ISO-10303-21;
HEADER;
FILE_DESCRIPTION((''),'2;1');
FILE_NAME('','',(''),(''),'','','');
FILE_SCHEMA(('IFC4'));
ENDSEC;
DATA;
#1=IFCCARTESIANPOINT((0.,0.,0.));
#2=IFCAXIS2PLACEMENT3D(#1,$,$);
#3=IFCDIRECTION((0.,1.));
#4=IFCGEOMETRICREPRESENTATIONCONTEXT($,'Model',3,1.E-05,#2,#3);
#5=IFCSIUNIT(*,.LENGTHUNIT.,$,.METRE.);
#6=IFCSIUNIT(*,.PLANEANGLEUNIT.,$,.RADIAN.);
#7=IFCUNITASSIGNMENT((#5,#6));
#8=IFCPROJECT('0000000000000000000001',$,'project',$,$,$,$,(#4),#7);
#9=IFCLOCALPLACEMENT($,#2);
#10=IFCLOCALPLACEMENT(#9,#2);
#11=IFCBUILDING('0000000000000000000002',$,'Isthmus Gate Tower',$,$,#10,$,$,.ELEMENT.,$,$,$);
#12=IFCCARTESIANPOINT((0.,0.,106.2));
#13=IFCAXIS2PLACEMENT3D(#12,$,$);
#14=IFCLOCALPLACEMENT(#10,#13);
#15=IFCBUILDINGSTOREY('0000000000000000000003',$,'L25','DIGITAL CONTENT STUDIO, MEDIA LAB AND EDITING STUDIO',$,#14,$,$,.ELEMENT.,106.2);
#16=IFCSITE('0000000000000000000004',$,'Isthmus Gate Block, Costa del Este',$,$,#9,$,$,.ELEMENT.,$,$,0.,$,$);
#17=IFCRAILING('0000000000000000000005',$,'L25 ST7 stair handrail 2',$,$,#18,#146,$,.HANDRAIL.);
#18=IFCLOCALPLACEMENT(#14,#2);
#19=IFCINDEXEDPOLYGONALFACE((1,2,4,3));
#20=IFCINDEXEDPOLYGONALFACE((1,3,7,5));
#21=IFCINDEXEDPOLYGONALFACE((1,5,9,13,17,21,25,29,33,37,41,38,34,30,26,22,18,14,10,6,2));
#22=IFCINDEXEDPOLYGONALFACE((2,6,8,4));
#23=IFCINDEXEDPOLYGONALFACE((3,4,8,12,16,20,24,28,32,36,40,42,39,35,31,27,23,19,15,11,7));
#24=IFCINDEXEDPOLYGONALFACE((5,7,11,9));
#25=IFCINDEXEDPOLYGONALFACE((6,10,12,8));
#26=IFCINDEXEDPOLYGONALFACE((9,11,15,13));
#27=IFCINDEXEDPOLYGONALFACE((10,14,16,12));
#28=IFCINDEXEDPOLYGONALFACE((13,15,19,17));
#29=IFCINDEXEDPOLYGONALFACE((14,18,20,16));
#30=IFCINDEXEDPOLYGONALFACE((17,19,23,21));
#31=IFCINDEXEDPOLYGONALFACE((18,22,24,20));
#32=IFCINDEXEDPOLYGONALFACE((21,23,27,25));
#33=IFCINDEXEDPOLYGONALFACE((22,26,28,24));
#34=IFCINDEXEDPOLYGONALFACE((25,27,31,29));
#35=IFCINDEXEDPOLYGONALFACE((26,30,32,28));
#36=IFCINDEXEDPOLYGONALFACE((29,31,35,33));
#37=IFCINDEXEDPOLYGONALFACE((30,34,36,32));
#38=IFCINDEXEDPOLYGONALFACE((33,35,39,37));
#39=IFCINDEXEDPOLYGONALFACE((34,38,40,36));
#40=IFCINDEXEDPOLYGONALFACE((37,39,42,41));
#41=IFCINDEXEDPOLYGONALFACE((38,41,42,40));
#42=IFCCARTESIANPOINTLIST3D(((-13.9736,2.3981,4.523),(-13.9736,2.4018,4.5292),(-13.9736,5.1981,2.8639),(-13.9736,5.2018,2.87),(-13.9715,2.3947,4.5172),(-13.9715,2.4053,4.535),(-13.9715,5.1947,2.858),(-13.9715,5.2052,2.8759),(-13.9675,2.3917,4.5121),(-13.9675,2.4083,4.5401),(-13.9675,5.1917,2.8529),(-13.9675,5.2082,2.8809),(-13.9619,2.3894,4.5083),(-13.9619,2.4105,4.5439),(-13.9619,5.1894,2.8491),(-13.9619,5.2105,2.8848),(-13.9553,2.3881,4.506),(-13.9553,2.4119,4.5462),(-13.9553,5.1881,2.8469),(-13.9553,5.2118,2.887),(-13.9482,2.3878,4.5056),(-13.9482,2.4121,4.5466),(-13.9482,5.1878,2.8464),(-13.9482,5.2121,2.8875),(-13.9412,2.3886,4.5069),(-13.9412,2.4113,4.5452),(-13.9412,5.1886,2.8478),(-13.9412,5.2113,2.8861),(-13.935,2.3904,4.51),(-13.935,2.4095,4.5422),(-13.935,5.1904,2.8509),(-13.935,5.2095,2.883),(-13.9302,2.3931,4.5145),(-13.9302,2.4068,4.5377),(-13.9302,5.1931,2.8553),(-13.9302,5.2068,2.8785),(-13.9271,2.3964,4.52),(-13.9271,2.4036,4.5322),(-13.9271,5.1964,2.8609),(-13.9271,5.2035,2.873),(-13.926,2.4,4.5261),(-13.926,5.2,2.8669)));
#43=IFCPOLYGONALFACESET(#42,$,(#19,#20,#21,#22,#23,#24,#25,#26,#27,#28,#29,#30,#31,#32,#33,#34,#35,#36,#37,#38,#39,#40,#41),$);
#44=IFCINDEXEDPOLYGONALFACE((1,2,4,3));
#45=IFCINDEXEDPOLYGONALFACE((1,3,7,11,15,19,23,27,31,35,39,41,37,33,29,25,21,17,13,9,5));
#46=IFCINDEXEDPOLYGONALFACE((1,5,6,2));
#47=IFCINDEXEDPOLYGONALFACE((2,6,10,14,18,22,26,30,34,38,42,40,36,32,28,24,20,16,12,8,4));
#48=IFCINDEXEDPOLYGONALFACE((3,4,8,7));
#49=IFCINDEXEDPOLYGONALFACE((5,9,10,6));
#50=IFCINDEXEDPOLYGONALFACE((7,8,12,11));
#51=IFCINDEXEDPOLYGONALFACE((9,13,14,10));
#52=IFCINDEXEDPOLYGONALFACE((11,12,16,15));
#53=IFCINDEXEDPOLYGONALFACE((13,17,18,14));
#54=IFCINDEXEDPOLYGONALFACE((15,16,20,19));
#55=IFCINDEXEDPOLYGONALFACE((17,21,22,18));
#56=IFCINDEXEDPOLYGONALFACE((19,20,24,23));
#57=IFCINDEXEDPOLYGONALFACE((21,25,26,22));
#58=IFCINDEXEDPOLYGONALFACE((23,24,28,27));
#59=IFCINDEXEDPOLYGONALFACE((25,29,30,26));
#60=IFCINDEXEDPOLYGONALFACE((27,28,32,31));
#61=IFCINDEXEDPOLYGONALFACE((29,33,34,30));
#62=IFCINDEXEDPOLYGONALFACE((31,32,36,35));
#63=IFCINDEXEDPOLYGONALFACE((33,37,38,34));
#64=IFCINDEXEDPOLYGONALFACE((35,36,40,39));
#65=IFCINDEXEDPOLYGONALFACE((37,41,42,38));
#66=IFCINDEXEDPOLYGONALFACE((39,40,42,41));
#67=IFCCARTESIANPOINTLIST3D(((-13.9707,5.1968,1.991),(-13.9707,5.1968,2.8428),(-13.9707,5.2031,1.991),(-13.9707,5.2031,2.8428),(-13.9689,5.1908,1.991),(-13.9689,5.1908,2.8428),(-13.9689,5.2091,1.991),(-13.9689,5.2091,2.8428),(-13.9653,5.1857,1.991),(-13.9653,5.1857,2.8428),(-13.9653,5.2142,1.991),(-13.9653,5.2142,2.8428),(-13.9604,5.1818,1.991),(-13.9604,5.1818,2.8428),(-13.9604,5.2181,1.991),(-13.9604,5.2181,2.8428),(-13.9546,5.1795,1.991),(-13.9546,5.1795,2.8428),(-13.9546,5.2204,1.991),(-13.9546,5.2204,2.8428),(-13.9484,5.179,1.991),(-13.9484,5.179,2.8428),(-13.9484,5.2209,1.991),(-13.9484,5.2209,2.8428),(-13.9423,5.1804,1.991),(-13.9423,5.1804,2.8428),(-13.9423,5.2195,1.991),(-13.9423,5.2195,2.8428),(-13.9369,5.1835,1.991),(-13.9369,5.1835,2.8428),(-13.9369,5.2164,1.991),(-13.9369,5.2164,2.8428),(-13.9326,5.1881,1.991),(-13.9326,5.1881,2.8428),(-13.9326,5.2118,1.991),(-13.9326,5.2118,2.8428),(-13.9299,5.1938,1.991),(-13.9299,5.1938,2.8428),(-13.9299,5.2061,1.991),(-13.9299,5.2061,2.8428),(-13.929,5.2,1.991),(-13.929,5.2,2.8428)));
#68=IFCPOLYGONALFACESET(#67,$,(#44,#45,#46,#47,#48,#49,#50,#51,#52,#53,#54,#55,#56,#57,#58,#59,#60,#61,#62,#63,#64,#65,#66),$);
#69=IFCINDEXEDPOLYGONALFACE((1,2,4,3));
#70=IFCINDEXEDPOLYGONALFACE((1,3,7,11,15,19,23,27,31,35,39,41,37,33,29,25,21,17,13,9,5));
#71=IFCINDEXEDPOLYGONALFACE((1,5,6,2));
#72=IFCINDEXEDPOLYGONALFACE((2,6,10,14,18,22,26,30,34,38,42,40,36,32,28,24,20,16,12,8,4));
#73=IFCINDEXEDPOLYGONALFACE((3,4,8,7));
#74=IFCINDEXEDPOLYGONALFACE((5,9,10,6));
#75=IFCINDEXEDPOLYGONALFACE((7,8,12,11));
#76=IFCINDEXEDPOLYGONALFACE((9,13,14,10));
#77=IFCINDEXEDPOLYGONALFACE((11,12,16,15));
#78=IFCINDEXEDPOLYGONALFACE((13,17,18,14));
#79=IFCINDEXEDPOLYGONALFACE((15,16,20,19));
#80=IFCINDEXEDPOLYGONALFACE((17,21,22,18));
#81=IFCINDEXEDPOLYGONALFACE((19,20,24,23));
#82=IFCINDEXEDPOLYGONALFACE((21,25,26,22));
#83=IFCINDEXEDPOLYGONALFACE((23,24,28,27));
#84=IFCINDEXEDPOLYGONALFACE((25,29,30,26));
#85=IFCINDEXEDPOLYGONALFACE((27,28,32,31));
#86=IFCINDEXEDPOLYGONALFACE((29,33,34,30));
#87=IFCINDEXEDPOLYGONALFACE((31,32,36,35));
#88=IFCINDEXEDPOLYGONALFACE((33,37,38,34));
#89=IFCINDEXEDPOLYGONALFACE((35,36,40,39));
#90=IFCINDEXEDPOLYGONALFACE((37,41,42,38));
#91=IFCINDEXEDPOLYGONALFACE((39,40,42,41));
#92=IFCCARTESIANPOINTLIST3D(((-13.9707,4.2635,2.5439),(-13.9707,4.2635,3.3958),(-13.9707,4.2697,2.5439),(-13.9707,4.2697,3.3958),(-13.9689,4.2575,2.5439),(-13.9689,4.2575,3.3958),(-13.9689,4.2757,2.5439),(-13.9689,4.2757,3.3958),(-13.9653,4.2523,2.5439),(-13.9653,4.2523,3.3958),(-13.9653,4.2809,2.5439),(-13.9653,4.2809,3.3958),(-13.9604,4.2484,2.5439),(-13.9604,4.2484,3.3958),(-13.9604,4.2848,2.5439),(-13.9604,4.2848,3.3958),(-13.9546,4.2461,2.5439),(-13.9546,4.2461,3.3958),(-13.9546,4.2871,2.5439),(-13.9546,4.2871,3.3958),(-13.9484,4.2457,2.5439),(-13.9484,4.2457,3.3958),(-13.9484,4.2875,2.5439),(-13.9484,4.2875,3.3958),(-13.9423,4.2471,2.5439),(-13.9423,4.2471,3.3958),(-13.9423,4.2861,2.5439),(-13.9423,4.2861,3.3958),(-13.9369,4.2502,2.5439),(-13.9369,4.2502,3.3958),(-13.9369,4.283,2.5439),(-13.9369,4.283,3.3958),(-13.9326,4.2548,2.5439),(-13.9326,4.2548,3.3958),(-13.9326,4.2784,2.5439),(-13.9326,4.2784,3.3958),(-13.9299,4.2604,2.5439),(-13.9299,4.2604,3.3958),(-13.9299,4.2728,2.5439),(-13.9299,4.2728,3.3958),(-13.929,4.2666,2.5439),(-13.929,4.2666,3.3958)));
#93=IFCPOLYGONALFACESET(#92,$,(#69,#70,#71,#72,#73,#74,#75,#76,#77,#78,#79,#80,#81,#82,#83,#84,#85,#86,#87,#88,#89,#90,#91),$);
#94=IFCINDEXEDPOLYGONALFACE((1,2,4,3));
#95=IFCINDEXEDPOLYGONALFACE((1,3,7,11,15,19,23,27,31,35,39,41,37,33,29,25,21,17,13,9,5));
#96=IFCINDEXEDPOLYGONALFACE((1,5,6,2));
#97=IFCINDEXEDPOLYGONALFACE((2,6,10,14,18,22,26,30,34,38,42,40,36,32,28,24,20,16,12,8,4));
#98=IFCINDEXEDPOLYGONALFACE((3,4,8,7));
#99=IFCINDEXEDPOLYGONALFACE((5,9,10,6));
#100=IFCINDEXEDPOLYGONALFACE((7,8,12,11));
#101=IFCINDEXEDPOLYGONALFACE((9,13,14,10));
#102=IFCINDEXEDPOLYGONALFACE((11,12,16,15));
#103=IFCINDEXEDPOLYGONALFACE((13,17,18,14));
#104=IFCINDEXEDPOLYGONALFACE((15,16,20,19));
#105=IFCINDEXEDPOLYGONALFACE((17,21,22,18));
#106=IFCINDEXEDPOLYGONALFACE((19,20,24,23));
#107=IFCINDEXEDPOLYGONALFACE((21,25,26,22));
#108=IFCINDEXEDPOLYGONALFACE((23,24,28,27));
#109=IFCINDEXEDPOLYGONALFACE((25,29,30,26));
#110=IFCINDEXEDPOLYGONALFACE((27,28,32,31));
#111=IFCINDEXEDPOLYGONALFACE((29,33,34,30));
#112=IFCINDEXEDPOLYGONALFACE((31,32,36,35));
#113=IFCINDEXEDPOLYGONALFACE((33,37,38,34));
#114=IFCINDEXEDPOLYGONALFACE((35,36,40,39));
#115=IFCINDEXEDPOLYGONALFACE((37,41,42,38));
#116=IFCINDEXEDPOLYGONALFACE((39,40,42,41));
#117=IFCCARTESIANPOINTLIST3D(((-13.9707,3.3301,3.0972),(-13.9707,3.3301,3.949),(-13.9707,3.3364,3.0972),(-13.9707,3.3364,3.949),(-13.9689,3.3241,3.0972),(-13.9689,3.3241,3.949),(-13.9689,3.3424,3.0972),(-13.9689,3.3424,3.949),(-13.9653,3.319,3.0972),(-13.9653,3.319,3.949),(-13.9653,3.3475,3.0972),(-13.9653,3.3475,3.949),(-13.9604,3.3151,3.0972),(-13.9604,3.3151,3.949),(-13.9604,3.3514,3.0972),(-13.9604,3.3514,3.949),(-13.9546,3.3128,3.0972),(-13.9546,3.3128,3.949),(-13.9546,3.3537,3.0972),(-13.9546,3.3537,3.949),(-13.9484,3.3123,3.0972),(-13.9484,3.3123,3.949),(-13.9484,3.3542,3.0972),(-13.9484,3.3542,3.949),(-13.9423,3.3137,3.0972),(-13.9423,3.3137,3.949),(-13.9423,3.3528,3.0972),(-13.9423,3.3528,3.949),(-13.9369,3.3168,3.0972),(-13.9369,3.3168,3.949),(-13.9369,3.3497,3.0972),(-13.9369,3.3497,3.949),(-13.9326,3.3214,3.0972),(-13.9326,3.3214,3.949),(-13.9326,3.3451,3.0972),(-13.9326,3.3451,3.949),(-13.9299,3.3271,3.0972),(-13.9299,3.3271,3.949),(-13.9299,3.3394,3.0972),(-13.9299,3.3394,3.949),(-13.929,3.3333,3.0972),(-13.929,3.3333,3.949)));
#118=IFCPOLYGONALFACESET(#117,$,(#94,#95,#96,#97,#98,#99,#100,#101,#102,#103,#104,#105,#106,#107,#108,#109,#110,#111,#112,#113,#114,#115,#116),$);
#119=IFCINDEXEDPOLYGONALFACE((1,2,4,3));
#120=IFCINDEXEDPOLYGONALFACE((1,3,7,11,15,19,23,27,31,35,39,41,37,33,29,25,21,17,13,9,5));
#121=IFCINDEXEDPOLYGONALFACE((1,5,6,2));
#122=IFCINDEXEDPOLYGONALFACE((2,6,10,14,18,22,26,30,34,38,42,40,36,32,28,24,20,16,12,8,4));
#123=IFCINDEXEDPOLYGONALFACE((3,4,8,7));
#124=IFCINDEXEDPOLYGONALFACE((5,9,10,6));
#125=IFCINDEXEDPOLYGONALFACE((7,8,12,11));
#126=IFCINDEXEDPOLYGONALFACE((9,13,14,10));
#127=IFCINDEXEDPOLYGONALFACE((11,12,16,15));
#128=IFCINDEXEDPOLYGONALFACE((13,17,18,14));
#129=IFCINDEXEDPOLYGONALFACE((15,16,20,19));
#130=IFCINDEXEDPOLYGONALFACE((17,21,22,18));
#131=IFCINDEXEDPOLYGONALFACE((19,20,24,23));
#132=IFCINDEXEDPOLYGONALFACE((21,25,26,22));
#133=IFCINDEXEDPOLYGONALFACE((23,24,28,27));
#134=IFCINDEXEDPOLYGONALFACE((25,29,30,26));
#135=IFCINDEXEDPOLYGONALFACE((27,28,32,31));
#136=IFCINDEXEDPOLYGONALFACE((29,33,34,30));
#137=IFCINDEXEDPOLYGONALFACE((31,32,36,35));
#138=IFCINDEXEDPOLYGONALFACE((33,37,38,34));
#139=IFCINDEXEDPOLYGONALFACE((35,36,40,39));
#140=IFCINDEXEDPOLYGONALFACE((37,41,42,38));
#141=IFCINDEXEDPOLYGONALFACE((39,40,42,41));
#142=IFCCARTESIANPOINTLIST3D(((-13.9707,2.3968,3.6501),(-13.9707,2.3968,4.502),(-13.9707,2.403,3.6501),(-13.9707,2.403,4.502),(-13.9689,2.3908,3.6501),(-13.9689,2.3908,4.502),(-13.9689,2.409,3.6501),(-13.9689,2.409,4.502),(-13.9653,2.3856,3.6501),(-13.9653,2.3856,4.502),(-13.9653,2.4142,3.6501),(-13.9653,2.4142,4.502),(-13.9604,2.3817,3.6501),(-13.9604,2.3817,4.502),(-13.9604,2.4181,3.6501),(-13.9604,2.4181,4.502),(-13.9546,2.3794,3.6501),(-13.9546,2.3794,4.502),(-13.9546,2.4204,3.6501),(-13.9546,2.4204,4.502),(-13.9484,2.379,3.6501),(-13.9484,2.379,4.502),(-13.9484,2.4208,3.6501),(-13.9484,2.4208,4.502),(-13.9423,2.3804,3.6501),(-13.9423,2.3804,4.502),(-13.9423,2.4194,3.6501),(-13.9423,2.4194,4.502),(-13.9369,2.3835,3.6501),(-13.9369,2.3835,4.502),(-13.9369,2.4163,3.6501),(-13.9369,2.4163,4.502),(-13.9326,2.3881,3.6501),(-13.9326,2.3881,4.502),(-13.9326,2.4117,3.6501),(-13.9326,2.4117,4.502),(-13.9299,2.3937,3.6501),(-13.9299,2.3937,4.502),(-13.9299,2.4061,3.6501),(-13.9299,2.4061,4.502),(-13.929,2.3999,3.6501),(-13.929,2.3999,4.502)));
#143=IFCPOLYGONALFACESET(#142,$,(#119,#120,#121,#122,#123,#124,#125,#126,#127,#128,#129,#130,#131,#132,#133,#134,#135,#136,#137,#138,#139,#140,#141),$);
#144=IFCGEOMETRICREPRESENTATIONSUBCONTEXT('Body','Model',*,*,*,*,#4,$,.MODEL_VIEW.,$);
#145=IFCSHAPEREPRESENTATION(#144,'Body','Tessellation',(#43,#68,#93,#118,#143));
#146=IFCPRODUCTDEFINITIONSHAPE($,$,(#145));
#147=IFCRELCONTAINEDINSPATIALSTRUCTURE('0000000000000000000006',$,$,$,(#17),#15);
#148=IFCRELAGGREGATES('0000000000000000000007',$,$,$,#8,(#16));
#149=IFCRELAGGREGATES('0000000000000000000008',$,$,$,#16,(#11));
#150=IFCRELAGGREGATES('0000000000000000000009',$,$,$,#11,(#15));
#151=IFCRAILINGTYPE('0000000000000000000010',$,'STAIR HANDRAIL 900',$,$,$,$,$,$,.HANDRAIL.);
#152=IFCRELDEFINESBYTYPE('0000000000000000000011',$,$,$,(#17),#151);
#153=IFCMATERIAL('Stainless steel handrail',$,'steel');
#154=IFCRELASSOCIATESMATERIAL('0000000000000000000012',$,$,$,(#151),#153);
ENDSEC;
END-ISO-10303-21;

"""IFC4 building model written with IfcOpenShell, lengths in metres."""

from ifc_helpers import new_model, si_unit, direction, frame, origin, origin_2d, place, context, subcontext, project, spatial, circle, extrude, material, type_object, element, save


model = new_model("IFC4")

# Units and contexts
model_context = context("Model", 3, precision=1e-05, world=origin(), true_north=direction((0.0, 1.0)))
body_context = subcontext(model_context, "Body", "Model", "MODEL_VIEW")
ifc_project = project(units=[si_unit("LENGTHUNIT", "METRE"), si_unit("PLANEANGLEUNIT", "RADIAN")], contexts=[model_context])

# Site, building, storey
site_placement = place(None, origin())
site = spatial("IfcSite", under=ifc_project, at=site_placement, Name="Isthmus Gate Block, Costa del Este", CompositionType="ELEMENT", RefElevation=0.0)
building_placement = place(site_placement, origin())
building = spatial("IfcBuilding", under=site, at=building_placement, Name="Isthmus Gate Tower", CompositionType="ELEMENT")
storey_placement = place(building_placement, frame((0.0, 0.0, 106.2)))
storey = spatial("IfcBuildingStorey", under=building, at=storey_placement, Name="L25", Description="DIGITAL CONTENT STUDIO, MEDIA LAB AND EDITING STUDIO", CompositionType="ELEMENT", Elevation=106.2)

# Railing
ifc_material_1 = material(Name="Stainless steel handrail", Category="steel")
railing_type_1 = type_object("IfcRailingType", Name="STAIR HANDRAIL 900", PredefinedType="HANDRAIL", material=ifc_material_1)
railing_1_placement = place(storey_placement, frame((-13.95, 5.2, 1.991)))
element("IfcRailing", 1, at=railing_1_placement, inside=storey, type_object=railing_type_1, Name="L25 ST7 stair handrail 2", PredefinedType="HANDRAIL", context=body_context, shape_type="SweptSolid", body=[
    extrude(circle(Radius=0.0239, at=origin_2d()), frame((0.0, 0.0, 0.876), z_axis=(0.0, -0.860306, 0.509778), x_axis=(1.0, 0.0, 0.0)), (0.0, 0.0, 1.0), 3.2546),
    extrude(circle(Radius=0.021, at=origin_2d()), origin(), (0.0, 0.0, 1.0), 0.8518),
    extrude(circle(Radius=0.021, at=origin_2d()), frame((0.0, -0.9333, 0.553)), (0.0, 0.0, 1.0), 0.8518),
    extrude(circle(Radius=0.021, at=origin_2d()), frame((0.0, -1.8667, 1.1062)), (0.0, 0.0, 1.0), 0.8518),
    extrude(circle(Radius=0.021, at=origin_2d()), frame((0.0, -2.8, 1.6592)), (0.0, 0.0, 1.0), 0.8518),
])

save(model, "model.ifc")
